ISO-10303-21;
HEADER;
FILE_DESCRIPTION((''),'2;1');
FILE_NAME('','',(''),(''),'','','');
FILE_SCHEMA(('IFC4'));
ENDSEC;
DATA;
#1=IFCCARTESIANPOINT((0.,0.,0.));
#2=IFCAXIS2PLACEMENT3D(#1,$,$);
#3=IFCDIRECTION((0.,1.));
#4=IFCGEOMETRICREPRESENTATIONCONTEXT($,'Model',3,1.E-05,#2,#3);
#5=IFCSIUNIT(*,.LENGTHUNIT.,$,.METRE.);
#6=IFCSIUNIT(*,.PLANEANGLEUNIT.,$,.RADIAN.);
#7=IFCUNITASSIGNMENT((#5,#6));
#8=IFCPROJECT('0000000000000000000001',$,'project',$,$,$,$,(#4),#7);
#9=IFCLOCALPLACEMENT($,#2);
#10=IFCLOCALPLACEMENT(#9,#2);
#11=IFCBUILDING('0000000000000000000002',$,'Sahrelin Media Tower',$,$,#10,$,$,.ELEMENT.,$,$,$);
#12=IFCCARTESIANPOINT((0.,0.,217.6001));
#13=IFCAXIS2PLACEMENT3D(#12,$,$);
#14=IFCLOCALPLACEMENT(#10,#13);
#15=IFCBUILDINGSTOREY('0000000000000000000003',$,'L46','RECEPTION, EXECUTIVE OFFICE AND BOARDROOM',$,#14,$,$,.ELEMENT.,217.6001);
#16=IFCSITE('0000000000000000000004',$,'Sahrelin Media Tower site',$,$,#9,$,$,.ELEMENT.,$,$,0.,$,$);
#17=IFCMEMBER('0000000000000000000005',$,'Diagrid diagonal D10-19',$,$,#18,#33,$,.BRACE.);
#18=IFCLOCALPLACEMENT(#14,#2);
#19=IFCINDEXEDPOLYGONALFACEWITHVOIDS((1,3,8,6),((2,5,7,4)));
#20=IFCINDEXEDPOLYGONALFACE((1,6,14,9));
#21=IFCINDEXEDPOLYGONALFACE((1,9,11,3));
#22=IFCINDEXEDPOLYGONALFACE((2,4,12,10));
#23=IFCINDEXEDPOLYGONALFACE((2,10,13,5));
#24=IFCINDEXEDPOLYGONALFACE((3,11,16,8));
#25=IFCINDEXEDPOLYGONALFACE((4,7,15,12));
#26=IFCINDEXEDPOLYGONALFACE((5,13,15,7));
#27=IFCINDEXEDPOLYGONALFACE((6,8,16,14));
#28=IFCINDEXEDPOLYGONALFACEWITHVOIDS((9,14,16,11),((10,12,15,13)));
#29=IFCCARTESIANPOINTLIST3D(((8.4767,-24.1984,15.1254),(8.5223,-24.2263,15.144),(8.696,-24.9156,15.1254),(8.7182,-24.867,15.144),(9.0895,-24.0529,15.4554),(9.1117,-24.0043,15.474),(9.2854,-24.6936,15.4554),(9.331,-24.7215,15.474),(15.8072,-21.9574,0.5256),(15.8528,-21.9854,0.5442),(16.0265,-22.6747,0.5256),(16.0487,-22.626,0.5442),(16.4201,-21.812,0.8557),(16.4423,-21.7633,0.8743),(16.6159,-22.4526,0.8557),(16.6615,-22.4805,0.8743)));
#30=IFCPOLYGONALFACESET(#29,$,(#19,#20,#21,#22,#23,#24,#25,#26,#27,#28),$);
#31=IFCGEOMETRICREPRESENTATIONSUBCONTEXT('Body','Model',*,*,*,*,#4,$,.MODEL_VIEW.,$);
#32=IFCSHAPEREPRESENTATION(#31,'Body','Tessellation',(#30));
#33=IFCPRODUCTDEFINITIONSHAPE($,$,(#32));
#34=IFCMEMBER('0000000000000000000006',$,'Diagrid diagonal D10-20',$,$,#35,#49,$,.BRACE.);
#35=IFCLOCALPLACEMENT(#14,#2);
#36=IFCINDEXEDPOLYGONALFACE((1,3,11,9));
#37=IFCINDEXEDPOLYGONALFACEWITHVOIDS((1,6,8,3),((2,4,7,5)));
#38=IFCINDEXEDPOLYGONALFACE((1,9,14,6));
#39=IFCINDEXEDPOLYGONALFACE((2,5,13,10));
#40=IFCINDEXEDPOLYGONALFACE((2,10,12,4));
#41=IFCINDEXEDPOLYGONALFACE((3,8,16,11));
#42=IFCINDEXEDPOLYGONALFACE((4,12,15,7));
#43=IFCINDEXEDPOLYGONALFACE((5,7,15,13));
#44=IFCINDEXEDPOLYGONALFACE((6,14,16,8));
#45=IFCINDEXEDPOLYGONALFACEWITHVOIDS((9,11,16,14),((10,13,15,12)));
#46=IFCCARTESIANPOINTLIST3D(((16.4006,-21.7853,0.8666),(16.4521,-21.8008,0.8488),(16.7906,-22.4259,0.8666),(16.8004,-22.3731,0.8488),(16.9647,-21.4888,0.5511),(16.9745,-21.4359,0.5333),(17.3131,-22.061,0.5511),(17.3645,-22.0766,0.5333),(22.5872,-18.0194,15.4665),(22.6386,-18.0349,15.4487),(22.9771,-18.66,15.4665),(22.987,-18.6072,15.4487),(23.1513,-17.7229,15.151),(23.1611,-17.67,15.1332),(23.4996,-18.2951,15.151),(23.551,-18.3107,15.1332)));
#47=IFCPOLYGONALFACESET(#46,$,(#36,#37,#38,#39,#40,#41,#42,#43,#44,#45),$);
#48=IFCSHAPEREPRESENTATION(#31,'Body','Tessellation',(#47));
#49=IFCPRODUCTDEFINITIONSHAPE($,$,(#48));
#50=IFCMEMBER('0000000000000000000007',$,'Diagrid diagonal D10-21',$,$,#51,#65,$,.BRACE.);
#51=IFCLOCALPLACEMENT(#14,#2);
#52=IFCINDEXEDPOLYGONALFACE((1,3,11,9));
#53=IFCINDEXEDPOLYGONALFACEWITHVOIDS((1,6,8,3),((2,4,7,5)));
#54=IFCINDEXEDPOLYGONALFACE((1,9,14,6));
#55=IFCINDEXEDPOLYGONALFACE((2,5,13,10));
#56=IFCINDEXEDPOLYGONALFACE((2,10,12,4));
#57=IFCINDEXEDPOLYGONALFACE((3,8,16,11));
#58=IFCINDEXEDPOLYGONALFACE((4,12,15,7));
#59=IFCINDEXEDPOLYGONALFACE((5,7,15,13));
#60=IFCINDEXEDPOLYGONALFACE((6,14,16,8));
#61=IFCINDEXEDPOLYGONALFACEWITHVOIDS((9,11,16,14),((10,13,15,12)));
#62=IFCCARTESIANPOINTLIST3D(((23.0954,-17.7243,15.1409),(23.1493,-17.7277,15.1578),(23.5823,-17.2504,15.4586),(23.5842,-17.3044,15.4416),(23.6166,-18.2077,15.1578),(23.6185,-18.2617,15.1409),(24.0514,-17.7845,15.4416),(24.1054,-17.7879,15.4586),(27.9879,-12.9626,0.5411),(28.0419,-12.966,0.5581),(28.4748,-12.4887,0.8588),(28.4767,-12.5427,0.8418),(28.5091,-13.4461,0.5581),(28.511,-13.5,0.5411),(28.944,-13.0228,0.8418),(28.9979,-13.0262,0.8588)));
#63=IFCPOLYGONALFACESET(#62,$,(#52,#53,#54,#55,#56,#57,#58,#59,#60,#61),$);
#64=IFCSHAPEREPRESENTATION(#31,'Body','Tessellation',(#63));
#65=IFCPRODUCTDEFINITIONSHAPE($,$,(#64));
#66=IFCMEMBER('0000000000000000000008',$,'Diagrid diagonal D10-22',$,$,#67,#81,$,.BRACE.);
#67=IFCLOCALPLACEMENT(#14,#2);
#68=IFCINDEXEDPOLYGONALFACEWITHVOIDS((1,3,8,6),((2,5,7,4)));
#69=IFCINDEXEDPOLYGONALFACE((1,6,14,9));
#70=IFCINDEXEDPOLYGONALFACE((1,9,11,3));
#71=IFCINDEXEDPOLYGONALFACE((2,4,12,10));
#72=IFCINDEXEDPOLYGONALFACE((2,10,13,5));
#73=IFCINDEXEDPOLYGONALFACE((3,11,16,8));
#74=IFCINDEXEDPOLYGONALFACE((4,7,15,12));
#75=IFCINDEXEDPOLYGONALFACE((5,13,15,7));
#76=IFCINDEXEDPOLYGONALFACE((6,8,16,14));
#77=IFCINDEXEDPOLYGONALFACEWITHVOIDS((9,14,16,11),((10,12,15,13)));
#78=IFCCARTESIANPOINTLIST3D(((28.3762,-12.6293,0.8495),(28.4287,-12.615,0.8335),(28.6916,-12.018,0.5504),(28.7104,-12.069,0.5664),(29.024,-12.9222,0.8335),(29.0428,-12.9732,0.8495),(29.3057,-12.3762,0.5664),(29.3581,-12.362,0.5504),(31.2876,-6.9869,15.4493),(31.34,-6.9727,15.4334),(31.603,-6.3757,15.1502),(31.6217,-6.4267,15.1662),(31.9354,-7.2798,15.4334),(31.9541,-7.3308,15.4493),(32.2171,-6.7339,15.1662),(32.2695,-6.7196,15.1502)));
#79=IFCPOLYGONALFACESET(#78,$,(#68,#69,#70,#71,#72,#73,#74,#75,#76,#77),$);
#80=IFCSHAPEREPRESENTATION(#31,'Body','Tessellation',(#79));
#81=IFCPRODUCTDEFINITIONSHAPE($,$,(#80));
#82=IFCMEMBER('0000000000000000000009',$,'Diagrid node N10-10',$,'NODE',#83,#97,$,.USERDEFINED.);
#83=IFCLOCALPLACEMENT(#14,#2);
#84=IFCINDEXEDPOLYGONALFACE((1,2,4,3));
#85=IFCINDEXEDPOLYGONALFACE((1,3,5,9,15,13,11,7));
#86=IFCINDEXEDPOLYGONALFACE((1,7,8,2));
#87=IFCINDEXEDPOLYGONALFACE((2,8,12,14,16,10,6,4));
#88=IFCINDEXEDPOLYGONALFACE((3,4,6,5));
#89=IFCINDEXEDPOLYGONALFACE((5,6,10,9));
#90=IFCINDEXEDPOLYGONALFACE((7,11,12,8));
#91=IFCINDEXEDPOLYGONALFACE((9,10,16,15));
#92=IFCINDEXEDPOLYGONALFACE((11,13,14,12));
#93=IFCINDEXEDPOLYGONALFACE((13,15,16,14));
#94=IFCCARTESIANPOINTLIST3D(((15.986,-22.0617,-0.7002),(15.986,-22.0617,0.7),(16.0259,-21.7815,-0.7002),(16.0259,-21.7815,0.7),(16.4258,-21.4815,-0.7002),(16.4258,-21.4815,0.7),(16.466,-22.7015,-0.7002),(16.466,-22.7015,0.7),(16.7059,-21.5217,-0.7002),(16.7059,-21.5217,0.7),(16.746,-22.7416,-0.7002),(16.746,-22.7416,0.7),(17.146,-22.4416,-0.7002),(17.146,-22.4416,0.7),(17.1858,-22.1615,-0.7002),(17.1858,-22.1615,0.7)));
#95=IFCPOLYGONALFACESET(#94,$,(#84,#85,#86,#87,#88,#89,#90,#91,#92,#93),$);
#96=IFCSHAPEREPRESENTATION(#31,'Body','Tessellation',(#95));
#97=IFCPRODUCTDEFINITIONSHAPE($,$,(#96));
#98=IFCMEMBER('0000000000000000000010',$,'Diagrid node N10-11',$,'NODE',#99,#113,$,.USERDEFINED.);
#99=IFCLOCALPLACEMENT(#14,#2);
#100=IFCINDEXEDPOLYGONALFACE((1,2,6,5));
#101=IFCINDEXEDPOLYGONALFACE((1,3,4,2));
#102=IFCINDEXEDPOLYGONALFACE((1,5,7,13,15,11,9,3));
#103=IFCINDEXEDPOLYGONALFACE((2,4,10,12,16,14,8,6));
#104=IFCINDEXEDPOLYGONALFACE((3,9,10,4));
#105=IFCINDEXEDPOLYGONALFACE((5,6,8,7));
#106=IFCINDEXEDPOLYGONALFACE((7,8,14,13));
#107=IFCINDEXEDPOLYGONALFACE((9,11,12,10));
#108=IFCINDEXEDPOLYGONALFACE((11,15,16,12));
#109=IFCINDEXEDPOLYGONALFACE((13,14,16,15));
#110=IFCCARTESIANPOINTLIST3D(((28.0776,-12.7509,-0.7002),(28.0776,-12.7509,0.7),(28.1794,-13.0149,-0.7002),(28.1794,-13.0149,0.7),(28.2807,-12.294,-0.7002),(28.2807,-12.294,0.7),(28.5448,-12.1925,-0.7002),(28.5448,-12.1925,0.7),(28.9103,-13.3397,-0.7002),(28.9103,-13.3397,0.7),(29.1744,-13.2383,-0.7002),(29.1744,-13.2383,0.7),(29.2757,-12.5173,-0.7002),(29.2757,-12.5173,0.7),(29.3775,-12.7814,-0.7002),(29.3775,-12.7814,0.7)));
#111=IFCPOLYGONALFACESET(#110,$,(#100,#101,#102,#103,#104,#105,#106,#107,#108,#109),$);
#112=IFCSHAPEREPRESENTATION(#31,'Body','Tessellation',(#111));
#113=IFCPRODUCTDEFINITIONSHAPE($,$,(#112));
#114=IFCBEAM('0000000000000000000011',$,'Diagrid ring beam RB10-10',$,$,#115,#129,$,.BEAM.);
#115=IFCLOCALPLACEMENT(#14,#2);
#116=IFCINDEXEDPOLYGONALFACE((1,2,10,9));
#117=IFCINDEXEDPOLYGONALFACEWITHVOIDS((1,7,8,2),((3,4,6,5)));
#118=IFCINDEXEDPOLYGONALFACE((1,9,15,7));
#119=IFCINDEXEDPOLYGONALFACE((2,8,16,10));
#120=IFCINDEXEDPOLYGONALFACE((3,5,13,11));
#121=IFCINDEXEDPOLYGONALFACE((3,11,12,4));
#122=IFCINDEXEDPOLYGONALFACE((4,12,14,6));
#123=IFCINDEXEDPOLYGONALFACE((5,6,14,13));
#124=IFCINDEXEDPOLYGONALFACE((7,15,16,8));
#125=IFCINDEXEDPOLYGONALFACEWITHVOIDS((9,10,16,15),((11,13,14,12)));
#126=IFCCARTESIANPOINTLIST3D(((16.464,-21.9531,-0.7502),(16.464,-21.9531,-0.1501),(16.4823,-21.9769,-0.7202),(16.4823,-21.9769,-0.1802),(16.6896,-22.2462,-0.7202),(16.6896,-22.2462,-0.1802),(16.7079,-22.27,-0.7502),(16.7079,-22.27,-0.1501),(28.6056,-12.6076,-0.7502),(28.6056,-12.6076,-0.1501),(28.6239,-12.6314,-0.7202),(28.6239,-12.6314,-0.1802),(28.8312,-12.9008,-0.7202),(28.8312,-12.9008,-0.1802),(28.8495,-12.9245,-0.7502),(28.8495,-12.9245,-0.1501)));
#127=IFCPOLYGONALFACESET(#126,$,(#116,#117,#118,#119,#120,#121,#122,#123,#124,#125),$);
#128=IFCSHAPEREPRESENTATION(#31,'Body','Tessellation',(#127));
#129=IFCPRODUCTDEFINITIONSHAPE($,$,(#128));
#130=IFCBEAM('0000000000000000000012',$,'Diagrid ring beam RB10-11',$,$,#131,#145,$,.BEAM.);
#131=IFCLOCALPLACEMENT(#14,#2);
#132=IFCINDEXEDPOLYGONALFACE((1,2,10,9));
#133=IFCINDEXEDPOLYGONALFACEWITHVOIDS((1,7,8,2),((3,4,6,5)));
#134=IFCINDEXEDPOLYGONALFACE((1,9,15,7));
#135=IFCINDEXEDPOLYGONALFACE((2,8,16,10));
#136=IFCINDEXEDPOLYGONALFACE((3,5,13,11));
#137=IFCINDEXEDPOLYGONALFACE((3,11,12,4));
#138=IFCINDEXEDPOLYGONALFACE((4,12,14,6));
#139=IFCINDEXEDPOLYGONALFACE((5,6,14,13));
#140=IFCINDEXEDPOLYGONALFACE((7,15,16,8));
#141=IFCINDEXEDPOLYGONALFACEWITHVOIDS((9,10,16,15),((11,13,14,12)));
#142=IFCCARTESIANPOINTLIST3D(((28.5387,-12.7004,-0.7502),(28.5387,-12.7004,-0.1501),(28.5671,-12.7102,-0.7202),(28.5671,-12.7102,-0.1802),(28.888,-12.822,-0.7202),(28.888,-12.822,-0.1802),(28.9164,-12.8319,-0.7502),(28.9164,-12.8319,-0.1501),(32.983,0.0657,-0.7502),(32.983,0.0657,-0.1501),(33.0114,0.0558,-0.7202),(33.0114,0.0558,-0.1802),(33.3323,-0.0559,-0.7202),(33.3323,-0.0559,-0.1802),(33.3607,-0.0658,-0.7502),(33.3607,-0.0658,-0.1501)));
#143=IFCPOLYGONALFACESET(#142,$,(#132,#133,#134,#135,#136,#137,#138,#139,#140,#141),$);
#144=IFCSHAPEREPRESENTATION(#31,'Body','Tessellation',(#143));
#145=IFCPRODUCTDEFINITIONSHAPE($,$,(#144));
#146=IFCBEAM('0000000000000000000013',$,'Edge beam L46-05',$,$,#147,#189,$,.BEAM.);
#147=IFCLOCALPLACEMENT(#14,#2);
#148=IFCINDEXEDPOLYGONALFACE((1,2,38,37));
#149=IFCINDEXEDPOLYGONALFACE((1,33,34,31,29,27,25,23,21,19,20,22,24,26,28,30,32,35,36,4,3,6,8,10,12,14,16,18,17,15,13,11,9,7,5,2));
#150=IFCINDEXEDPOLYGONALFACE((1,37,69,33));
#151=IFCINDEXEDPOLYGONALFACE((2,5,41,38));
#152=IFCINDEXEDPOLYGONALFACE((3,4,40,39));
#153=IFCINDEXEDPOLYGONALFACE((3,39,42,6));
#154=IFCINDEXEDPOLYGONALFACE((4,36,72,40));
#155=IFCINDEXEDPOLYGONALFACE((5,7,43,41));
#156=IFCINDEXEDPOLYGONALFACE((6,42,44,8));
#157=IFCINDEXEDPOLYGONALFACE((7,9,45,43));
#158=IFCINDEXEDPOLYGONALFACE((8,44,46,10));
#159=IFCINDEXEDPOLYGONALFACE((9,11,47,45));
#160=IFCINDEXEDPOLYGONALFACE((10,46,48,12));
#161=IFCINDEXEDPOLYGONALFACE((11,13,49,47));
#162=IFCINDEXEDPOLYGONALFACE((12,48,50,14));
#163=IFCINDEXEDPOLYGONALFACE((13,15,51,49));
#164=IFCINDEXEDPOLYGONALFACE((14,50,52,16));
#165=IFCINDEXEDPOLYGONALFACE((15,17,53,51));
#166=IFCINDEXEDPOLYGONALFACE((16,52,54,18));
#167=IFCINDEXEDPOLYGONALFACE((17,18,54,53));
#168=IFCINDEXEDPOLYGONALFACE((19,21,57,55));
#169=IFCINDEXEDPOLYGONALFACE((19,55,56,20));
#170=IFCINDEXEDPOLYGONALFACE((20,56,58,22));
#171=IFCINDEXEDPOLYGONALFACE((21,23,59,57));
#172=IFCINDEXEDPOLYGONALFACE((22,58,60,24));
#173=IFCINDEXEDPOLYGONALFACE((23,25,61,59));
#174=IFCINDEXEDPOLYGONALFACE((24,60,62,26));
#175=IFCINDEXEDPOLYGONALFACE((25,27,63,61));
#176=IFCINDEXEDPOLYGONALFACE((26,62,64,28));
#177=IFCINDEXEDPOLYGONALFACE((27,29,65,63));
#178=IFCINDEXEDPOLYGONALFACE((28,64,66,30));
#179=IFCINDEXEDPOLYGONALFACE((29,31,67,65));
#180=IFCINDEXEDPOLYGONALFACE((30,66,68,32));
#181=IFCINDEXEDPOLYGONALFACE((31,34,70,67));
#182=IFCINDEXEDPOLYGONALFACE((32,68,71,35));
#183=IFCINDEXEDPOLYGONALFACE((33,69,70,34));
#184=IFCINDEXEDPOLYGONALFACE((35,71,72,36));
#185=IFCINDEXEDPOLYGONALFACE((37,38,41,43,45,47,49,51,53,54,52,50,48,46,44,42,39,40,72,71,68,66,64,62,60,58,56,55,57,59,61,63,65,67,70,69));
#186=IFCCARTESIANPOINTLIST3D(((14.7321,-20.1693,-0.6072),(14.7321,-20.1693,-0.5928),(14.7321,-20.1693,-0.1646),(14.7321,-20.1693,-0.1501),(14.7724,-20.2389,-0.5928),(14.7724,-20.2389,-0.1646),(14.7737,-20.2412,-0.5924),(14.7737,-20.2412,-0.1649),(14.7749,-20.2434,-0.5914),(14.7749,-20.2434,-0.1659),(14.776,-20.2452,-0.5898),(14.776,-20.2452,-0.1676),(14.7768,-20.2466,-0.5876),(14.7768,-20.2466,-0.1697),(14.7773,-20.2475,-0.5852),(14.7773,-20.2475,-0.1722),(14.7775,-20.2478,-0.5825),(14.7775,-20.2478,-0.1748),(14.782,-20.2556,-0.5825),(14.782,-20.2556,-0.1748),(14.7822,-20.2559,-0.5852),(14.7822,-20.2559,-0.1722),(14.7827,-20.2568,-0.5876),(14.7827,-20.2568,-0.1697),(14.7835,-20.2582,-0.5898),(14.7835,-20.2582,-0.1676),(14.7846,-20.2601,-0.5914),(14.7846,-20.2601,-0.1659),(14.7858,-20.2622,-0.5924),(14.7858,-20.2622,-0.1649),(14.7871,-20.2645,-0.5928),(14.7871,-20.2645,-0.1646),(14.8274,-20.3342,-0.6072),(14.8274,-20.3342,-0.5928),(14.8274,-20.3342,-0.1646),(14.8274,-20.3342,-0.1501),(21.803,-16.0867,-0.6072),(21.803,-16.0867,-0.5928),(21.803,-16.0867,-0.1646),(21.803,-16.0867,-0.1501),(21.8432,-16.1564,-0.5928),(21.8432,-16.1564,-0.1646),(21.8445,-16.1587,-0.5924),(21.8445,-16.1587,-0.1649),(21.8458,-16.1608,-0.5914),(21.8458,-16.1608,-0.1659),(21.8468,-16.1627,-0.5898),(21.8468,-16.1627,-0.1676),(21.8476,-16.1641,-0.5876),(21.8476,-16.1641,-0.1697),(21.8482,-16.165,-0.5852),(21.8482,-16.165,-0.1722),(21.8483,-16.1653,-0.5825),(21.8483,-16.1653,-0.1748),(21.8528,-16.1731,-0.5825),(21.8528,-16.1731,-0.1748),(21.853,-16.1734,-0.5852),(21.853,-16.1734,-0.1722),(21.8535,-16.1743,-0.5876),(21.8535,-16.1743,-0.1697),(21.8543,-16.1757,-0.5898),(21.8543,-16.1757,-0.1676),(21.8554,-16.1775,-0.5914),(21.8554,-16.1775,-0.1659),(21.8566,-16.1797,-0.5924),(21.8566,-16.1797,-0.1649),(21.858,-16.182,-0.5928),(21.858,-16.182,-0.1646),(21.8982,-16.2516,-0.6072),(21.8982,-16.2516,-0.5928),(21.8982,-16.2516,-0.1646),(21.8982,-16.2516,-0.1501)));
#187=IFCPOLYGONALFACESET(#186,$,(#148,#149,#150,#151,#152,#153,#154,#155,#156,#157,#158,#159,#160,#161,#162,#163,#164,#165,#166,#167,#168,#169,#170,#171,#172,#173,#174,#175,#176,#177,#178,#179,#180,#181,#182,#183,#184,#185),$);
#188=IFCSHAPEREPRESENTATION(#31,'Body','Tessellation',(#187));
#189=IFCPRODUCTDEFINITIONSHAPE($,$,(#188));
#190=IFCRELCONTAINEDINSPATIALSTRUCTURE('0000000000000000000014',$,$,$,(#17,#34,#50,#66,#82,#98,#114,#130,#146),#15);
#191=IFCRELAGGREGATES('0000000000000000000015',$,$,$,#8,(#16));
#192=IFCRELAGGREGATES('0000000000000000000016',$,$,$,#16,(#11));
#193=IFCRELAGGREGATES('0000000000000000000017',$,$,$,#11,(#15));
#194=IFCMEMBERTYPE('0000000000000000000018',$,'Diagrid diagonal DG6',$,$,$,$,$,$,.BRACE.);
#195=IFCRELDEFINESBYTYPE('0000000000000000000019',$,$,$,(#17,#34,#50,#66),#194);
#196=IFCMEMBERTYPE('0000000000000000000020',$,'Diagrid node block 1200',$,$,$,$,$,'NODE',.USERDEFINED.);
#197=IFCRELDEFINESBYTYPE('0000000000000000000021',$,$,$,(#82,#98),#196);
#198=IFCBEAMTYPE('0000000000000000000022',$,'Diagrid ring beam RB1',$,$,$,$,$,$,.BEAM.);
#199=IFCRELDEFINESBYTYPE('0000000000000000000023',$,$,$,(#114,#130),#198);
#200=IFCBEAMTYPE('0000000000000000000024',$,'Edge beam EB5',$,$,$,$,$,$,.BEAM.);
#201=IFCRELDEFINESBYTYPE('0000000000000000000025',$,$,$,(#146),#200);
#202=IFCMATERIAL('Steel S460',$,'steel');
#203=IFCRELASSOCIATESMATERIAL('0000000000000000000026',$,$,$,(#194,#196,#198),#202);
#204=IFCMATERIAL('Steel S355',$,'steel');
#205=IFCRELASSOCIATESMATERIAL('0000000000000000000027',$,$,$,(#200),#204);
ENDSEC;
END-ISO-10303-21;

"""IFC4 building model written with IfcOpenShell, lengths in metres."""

from ifc_helpers import new_model, si_unit, direction, frame, origin, origin_2d, place, context, subcontext, project, spatial, polyline, hollow_rectangle, i_section, outline, extrude, material, material_profile, profile_set, type_object, element, save


model = new_model("IFC4")

# Units and contexts
model_context = context("Model", 3, precision=1e-05, world=origin(), true_north=direction((0.0, 1.0)))
body_context = subcontext(model_context, "Body", "Model", "MODEL_VIEW")
ifc_project = project(units=[si_unit("LENGTHUNIT", "METRE"), si_unit("PLANEANGLEUNIT", "RADIAN")], contexts=[model_context])

# Site, building, storey
site_placement = place(None, origin())
site = spatial("IfcSite", under=ifc_project, at=site_placement, Name="Sahrelin Media Tower site", CompositionType="ELEMENT", RefElevation=0.0)
building_placement = place(site_placement, origin())
building = spatial("IfcBuilding", under=site, at=building_placement, Name="Sahrelin Media Tower", CompositionType="ELEMENT")
storey_placement = place(building_placement, frame((0.0, 0.0, 217.6001)))
storey = spatial("IfcBuildingStorey", under=building, at=storey_placement, Name="L46", Description="RECEPTION, EXECUTIVE OFFICE AND BOARDROOM", CompositionType="ELEMENT", Elevation=217.6001)

# Members
ifc_material_1 = material(Name="Steel S460", Category="steel")
ifc_material_profile_1 = material_profile(ifc_material_1, hollow_rectangle(XDim=0.75, YDim=0.75, WallThickness=0.04, at=origin_2d()), Name="Diagrid diagonal DG6")
ifc_profile_set_1 = profile_set([ifc_material_profile_1], Name="Steel S460")
member_type_1 = type_object("IfcMemberType", Name="Diagrid diagonal DG6", PredefinedType="BRACE", material=ifc_profile_set_1)
member_1_placement = place(storey_placement, frame((16.2344, -22.219, 0.7), z_axis=(-0.44455, -0.1359, 0.885385), x_axis=(0.292346, -0.956312, 0.0)))
element("IfcMember", 1, at=member_1_placement, inside=storey, type_object=member_type_1, Name="Diagrid diagonal D10-19", PredefinedType="BRACE", context=body_context, shape_type="SweptSolid", body=[
    extrude(hollow_rectangle(XDim=0.75, YDim=0.75, WallThickness=0.04, at=origin_2d()), origin(), (0.0, 0.0, 1.0), 16.4897),
])
member_2_placement = place(storey_placement, frame((16.8826, -21.9309, 0.7), z_axis=(0.379598, 0.231069, 0.89583), x_axis=(-0.519963, 0.854189, 0.0)))
element("IfcMember", 2, at=member_2_placement, inside=storey, type_object=member_type_1, Name="Diagrid diagonal D10-20", PredefinedType="BRACE", context=body_context, shape_type="SweptSolid", body=[
    extrude(hollow_rectangle(XDim=0.75, YDim=0.75, WallThickness=0.04, at=origin_2d()), origin(), (0.0, 0.0, 1.0), 16.2976),
])
member_3_placement = place(storey_placement, frame((28.4929, -12.9944, 0.7), z_axis=(-0.303561, -0.295442, 0.90585), x_axis=(0.697458, -0.716625, 0.0)))
element("IfcMember", 3, at=member_3_placement, inside=storey, type_object=member_type_1, Name="Diagrid diagonal D10-21", PredefinedType="BRACE", context=body_context, shape_type="SweptSolid", body=[
    extrude(hollow_rectangle(XDim=0.75, YDim=0.75, WallThickness=0.04, at=origin_2d()), origin(), (0.0, 0.0, 1.0), 16.1172),
])
member_4_placement = place(storey_placement, frame((28.8672, -12.4956, 0.7), z_axis=(0.182868, 0.354403, 0.917038), x_axis=(-0.888672, 0.458544, 0.0)))
element("IfcMember", 4, at=member_4_placement, inside=storey, type_object=member_type_1, Name="Diagrid diagonal D10-22", PredefinedType="BRACE", context=body_context, shape_type="SweptSolid", body=[
    extrude(hollow_rectangle(XDim=0.75, YDim=0.75, WallThickness=0.04, at=origin_2d()), origin(), (0.0, 0.0, 1.0), 15.9207),
])
ifc_material_profile_2 = material_profile(ifc_material_1, outline(polyline([(0.3999, -0.45), (0.6001, -0.25), (0.6001, 0.25), (0.3999, 0.45), (-0.3999, 0.45), (-0.6001, 0.25), (-0.6001, -0.25), (-0.3999, -0.45), (0.3999, -0.45)])), Name="Diagrid node block 1200")
ifc_profile_set_2 = profile_set([ifc_material_profile_2], Name="Steel S460")
member_type_2 = type_object("IfcMemberType", Name="Diagrid node block 1200", ElementType="NODE", PredefinedType="USERDEFINED", material=ifc_profile_set_2)
for number, where, z_axis, x_axis, name in (
    (5, (16.5859, -22.1116, -0.7002), (0.0, 0.0, 1.0), (0.600053, -0.79996, 0.0), "Diagrid node N10-10"),
    (6, (28.7275, -12.7661, -0.7002), (0.0, 0.0, 1.0), (0.913832, -0.406092, 0.0), "Diagrid node N10-11"),
):
    element("IfcMember", number, at=place(storey_placement, frame(where, z_axis=z_axis, x_axis=x_axis)), inside=storey, type_object=member_type_2, Name=name, ObjectType="NODE", PredefinedType="USERDEFINED", context=body_context, shape_type="SweptSolid", body=[
        extrude(outline(polyline([(0.3999, -0.45), (0.6001, -0.25), (0.6001, 0.25), (0.3999, 0.45), (-0.3999, 0.45), (-0.6001, 0.25), (-0.6001, -0.25), (-0.3999, -0.45), (0.3999, -0.45)])), origin(), (0.0, 0.0, 1.0), 1.4001),
    ])

# Beams
ifc_material_profile_3 = material_profile(ifc_material_1, hollow_rectangle(XDim=0.3999, YDim=0.6001, WallThickness=0.03, at=origin_2d()), Name="Diagrid ring beam RB1")
ifc_profile_set_3 = profile_set([ifc_material_profile_3], Name="Steel S460")
beam_type_1 = type_object("IfcBeamType", Name="Diagrid ring beam RB1", PredefinedType="BEAM", material=ifc_profile_set_3)
beam_1_placement = place(storey_placement, frame((16.5859, -22.1116, -0.4502), z_axis=(0.792442, 0.609947, 0.0), x_axis=(-0.609947, 0.792442, 0.0)))
element("IfcBeam", 7, at=beam_1_placement, inside=storey, type_object=beam_type_1, Name="Diagrid ring beam RB10-10", PredefinedType="BEAM", context=body_context, shape_type="SweptSolid", body=[
    extrude(hollow_rectangle(XDim=0.3999, YDim=0.6001, WallThickness=0.03, at=origin_2d()), origin(), (0.0, 0.0, 1.0), 15.3218),
])
beam_2_placement = place(storey_placement, frame((28.7275, -12.7661, -0.4502), z_axis=(0.328781, 0.944406, 0.0), x_axis=(-0.944406, 0.328781, 0.0)))
element("IfcBeam", 8, at=beam_2_placement, inside=storey, type_object=beam_type_1, Name="Diagrid ring beam RB10-11", PredefinedType="BEAM", context=body_context, shape_type="SweptSolid", body=[
    extrude(hollow_rectangle(XDim=0.3999, YDim=0.6001, WallThickness=0.03, at=origin_2d()), origin(), (0.0, 0.0, 1.0), 13.5176),
])
ifc_material_2 = material(Name="Steel S355", Category="steel")
ifc_material_profile_4 = material_profile(ifc_material_2, i_section(OverallWidth=0.1904, OverallDepth=0.457, WebThickness=0.009, FlangeThickness=0.0144, FilletRadius=0.0103, at=origin_2d()), Name="UB 457x191x74")
ifc_profile_set_4 = profile_set([ifc_material_profile_4], Name="Steel S355")
beam_type_2 = type_object("IfcBeamType", Name="Edge beam EB5", PredefinedType="BEAM", material=ifc_profile_set_4)
beam_3_placement = place(storey_placement, frame((21.8506, -16.1692, -0.3787), z_axis=(-0.866015, -0.500018, 0.0), x_axis=(0.500018, -0.866015, 0.0)))
element("IfcBeam", 9, at=beam_3_placement, inside=storey, type_object=beam_type_2, Name="Edge beam L46-05", PredefinedType="BEAM", context=body_context, shape_type="SweptSolid", body=[
    extrude(i_section(OverallWidth=0.1904, OverallDepth=0.457, WebThickness=0.009, FlangeThickness=0.0144, FilletRadius=0.0103, at=origin_2d()), origin(), (0.0, 0.0, 1.0), 8.1648),
])

save(model, "model.ifc")
